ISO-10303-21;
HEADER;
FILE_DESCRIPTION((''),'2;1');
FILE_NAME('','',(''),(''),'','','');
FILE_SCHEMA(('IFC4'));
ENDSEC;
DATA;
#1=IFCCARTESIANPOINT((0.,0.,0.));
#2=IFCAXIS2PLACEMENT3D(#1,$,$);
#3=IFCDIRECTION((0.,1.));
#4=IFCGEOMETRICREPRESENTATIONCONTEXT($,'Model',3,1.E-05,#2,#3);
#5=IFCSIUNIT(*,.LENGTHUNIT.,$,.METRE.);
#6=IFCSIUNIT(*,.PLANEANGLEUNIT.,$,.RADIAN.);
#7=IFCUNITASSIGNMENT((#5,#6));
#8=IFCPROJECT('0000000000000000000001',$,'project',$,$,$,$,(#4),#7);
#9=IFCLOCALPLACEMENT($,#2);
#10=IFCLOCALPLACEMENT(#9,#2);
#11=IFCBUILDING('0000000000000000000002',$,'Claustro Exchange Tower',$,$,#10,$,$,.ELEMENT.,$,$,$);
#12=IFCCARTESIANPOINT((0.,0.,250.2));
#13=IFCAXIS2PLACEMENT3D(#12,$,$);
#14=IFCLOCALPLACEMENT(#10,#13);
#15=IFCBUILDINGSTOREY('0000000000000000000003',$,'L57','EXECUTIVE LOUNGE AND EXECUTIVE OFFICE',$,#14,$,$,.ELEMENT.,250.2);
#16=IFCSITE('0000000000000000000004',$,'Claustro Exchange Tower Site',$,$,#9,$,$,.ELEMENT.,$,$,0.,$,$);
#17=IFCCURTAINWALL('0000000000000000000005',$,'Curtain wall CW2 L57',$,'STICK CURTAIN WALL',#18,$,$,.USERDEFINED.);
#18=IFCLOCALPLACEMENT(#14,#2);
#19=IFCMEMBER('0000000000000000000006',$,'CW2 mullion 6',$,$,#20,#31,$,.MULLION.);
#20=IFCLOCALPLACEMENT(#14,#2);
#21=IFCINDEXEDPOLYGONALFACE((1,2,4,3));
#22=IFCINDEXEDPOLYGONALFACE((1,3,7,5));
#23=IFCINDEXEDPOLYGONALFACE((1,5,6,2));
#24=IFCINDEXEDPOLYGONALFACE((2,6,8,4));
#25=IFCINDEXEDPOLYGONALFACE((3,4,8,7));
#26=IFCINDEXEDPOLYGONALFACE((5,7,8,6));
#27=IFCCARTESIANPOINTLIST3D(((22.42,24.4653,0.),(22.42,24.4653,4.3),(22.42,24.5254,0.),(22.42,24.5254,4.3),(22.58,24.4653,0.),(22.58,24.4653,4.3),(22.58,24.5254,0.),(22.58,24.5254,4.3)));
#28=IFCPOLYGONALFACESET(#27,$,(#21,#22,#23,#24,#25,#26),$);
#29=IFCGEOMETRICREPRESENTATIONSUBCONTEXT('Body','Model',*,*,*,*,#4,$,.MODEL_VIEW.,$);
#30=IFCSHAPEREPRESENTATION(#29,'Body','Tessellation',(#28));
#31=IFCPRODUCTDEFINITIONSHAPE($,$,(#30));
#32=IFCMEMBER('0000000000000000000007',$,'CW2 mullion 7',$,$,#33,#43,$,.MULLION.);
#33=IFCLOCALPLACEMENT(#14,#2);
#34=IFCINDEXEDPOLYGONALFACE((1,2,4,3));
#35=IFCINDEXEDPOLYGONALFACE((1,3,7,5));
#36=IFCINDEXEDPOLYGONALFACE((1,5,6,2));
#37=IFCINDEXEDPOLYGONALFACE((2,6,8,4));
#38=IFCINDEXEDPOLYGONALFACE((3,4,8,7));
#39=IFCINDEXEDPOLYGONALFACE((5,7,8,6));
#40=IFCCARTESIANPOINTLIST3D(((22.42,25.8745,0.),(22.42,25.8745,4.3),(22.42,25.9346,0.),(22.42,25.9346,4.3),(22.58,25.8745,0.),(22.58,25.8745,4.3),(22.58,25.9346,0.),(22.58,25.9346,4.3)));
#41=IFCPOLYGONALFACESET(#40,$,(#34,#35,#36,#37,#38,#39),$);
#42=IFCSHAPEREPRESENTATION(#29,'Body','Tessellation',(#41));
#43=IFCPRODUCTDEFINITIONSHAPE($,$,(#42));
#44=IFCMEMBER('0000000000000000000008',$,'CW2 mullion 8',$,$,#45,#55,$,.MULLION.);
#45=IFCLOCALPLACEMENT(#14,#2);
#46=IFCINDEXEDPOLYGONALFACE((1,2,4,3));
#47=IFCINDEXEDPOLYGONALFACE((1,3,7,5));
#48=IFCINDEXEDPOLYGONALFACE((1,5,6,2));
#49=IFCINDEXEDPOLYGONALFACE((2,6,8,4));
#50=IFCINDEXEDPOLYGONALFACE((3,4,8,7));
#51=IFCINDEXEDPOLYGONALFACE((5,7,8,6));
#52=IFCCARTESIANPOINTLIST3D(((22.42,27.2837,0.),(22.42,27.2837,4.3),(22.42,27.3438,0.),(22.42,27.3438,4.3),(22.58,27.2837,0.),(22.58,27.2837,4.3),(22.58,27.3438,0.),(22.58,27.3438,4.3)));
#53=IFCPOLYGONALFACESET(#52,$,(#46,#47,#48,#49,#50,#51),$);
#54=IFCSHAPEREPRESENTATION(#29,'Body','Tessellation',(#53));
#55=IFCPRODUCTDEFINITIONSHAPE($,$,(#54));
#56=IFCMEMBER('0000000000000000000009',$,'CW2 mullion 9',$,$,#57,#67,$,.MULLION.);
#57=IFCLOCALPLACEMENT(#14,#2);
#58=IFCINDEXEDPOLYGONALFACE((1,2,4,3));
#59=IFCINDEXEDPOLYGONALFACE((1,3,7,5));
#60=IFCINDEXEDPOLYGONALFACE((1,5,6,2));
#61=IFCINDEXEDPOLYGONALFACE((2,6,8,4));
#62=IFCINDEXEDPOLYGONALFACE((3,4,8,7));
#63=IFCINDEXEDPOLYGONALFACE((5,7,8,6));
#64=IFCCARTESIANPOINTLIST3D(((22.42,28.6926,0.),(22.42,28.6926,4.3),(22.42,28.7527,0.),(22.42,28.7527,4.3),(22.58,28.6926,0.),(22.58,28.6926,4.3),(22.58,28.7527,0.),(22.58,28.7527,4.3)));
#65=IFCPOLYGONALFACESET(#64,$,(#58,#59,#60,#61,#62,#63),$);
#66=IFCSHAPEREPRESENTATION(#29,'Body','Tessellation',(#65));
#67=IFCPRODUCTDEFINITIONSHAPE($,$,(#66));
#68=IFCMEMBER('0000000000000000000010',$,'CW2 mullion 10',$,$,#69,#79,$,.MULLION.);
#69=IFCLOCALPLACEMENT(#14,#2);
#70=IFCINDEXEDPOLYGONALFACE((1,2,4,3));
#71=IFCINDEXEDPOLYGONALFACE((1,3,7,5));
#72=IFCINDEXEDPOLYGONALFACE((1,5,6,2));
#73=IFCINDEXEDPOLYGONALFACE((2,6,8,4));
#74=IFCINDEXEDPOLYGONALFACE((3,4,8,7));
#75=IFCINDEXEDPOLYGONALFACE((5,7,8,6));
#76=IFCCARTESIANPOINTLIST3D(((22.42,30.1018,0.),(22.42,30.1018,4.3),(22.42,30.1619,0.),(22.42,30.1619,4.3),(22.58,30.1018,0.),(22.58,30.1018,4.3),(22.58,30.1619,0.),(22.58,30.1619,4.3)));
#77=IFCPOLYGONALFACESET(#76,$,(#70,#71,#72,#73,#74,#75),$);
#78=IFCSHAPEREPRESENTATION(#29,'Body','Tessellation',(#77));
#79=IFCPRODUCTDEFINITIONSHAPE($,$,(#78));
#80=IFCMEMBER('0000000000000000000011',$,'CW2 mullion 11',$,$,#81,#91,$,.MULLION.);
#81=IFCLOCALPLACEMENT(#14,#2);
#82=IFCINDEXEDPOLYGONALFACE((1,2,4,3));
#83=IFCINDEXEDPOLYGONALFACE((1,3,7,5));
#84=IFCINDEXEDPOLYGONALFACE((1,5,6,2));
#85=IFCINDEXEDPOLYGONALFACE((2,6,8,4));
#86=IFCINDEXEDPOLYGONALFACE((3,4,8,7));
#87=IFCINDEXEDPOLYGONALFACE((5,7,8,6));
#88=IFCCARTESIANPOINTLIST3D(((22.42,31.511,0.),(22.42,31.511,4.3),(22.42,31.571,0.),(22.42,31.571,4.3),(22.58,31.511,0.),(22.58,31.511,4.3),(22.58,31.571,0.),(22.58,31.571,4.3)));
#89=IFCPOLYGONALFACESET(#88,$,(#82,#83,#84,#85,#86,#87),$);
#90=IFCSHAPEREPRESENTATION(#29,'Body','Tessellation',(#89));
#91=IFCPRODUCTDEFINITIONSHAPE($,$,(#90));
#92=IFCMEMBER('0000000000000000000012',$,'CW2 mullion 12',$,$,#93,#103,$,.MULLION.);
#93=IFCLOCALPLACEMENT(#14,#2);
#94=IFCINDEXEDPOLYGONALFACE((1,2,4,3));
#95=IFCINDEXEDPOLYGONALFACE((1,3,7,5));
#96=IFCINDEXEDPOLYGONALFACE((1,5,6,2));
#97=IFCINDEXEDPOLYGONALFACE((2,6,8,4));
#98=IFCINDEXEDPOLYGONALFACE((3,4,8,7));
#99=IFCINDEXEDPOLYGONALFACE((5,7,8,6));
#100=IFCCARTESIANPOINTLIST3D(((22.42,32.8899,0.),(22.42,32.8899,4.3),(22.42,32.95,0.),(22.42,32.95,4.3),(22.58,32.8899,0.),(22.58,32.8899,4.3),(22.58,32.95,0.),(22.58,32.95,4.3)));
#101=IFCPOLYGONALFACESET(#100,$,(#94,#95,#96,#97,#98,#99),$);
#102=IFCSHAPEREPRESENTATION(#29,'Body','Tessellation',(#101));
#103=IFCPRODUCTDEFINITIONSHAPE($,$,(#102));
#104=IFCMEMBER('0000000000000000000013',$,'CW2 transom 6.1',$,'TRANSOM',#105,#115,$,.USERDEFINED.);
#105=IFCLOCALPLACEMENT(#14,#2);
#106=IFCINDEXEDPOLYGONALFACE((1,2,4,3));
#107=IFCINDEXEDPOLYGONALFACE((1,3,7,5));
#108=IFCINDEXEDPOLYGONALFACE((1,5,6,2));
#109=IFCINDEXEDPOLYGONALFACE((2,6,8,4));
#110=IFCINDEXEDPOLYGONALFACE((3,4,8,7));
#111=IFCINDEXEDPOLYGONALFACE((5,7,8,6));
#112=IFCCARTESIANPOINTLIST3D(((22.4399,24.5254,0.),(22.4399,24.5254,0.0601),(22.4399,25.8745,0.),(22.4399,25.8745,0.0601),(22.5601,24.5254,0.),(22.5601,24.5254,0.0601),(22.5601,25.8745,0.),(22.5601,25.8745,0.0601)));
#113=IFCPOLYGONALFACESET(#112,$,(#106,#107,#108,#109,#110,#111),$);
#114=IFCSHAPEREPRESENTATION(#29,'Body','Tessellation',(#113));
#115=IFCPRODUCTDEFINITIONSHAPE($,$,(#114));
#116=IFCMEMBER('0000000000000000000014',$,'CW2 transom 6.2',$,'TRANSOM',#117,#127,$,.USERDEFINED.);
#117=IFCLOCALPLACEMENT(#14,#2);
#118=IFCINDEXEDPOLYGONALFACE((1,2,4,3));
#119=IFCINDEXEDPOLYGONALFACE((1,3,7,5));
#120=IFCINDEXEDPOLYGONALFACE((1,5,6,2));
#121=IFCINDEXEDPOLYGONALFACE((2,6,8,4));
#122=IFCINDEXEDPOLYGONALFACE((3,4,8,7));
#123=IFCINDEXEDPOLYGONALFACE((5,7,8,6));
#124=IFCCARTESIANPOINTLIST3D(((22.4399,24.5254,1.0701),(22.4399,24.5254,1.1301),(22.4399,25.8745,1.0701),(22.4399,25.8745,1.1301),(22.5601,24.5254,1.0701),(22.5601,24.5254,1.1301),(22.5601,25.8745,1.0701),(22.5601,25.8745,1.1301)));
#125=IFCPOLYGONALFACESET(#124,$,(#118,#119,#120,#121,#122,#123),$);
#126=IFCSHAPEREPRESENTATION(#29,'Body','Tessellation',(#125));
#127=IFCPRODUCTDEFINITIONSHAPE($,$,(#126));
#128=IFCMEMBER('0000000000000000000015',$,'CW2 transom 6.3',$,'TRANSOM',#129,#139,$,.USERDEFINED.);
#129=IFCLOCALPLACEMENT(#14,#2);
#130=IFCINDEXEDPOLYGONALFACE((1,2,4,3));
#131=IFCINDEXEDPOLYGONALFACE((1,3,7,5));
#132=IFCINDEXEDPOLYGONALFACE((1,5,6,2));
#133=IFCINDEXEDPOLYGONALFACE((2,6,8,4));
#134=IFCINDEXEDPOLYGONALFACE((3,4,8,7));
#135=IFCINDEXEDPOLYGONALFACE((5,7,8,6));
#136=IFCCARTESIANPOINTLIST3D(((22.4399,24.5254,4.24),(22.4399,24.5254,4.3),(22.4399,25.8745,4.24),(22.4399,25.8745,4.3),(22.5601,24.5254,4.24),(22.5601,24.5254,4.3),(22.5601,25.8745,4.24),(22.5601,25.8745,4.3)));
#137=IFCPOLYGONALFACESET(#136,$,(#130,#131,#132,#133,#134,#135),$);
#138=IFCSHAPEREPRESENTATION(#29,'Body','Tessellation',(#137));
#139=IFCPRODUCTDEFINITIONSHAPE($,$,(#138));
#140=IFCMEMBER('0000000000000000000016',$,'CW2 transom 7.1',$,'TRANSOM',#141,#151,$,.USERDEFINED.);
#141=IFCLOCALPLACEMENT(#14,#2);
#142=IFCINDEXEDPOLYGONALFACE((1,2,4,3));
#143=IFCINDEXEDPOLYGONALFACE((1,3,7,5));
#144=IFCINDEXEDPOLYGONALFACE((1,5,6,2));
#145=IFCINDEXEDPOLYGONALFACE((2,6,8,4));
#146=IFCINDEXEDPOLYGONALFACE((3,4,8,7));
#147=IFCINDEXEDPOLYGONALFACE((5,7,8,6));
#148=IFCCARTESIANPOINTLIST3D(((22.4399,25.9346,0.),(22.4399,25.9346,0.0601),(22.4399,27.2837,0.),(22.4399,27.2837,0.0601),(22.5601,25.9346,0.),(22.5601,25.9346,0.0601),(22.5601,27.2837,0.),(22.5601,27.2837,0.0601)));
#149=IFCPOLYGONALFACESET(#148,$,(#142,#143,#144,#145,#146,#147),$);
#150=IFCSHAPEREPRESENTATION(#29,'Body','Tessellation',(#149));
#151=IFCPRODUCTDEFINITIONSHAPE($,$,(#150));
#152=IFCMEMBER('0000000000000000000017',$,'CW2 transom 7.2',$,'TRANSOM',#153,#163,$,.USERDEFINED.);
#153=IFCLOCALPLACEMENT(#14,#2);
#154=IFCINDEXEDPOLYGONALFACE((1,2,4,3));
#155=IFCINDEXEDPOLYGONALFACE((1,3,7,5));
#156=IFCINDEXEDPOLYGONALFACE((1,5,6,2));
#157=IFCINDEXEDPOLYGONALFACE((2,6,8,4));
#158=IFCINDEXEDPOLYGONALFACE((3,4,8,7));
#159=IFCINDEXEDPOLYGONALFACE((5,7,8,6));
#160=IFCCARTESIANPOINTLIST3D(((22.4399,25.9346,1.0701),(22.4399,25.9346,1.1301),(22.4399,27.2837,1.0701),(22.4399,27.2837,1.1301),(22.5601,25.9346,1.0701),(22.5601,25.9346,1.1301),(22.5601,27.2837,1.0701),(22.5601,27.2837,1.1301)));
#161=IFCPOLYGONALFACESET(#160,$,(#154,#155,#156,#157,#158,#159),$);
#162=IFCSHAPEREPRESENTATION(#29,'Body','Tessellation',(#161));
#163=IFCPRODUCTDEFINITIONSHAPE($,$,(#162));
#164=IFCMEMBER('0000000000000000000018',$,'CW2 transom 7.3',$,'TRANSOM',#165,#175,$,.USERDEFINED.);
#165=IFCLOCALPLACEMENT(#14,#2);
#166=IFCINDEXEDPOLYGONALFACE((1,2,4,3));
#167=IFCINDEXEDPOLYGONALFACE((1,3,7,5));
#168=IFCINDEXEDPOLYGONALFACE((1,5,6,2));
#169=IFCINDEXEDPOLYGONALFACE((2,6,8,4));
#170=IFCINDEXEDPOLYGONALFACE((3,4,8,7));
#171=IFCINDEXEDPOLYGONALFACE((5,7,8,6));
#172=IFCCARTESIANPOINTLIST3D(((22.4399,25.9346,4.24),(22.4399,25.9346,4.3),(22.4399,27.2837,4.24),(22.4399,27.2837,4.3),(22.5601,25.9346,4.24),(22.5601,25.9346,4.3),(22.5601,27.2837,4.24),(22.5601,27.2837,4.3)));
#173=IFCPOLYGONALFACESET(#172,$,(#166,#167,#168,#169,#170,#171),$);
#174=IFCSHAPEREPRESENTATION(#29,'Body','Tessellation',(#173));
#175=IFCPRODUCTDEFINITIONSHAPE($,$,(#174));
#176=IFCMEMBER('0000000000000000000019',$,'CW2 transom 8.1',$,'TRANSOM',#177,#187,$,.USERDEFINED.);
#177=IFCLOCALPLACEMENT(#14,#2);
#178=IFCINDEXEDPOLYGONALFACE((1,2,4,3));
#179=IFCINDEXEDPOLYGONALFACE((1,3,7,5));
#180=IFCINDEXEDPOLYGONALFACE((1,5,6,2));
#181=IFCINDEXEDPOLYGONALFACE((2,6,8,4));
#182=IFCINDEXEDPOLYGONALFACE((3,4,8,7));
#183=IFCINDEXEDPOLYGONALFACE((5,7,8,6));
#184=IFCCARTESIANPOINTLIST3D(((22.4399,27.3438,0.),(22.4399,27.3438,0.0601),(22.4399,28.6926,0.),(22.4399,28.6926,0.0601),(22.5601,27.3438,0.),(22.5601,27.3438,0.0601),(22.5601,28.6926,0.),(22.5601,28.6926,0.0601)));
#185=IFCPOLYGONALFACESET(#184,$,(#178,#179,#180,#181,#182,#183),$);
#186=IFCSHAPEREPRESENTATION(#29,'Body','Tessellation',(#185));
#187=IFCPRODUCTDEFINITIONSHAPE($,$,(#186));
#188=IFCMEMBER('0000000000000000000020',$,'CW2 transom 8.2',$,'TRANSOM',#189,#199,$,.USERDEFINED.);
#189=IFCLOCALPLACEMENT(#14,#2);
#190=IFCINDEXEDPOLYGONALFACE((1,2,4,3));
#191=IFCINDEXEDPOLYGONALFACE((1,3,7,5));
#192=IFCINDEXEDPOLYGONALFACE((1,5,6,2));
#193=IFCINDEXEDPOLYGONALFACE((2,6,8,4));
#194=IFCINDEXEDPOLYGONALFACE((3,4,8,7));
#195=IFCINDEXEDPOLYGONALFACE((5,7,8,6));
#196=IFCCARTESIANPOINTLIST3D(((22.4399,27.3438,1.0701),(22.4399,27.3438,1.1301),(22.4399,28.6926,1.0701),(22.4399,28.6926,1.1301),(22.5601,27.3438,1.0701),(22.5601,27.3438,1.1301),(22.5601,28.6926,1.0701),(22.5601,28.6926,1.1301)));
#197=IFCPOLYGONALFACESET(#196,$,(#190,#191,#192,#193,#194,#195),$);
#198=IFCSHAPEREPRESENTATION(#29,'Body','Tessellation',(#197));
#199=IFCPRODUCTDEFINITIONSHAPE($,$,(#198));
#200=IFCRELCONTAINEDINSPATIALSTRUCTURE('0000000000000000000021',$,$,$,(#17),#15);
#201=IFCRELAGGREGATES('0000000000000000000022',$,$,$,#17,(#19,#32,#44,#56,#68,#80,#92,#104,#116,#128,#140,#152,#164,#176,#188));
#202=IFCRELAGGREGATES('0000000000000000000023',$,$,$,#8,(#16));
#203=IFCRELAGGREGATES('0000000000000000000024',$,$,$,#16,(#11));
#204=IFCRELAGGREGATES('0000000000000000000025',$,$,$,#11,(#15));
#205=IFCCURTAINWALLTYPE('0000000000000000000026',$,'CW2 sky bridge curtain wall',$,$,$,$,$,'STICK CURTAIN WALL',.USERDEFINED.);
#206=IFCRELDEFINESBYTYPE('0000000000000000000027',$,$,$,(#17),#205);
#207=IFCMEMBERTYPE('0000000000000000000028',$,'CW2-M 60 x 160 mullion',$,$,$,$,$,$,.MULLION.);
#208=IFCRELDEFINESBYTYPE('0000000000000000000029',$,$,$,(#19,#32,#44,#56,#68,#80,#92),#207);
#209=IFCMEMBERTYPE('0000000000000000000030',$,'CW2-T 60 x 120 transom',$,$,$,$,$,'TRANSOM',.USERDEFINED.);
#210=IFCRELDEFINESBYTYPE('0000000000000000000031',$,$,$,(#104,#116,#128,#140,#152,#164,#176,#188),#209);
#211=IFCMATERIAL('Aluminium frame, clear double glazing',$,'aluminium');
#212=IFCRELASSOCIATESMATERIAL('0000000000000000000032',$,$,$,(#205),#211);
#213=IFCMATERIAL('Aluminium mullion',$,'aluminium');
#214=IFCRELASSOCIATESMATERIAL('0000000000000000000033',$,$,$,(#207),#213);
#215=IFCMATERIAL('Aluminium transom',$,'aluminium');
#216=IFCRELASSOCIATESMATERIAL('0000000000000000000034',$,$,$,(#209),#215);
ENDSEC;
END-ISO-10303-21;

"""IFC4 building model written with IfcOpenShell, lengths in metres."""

from ifc_helpers import new_model, si_unit, direction, frame, origin, origin_2d, place, context, subcontext, project, spatial, rectangle, extrude, material, material_profile, profile_set, type_object, element, aggregate, save


model = new_model("IFC4")

# Units and contexts
model_context = context("Model", 3, precision=1e-05, world=origin(), true_north=direction((0.0, 1.0)))
body_context = subcontext(model_context, "Body", "Model", "MODEL_VIEW")
ifc_project = project(units=[si_unit("LENGTHUNIT", "METRE"), si_unit("PLANEANGLEUNIT", "RADIAN")], contexts=[model_context])

# Site, building, storey
site_placement = place(None, origin())
site = spatial("IfcSite", under=ifc_project, at=site_placement, Name="Claustro Exchange Tower Site", CompositionType="ELEMENT", RefElevation=0.0)
building_placement = place(site_placement, origin())
building = spatial("IfcBuilding", under=site, at=building_placement, Name="Claustro Exchange Tower", CompositionType="ELEMENT")
storey_placement = place(building_placement, frame((0.0, 0.0, 250.2)))
storey = spatial("IfcBuildingStorey", under=building, at=storey_placement, Name="L57", Description="EXECUTIVE LOUNGE AND EXECUTIVE OFFICE", CompositionType="ELEMENT", Elevation=250.2)

# Curtain wall, members
ifc_material_1 = material(Name="Aluminium frame, clear double glazing", Category="aluminium")
curtain_wall_type = type_object("IfcCurtainWallType", Name="CW2 sky bridge curtain wall", ElementType="STICK CURTAIN WALL", PredefinedType="USERDEFINED", material=ifc_material_1)
curtain_wall_placement = place(storey_placement, origin())
curtain_wall = element("IfcCurtainWall", 1, at=curtain_wall_placement, inside=storey, type_object=curtain_wall_type, Name="Curtain wall CW2 L57", ObjectType="STICK CURTAIN WALL", PredefinedType="USERDEFINED")
ifc_material_2 = material(Name="Aluminium mullion", Category="aluminium")
ifc_material_profile_1 = material_profile(ifc_material_2, rectangle(XDim=0.1599, YDim=0.0601, at=origin_2d()), Name="CW2-M 60x160")
ifc_profile_set_1 = profile_set([ifc_material_profile_1], Name="Aluminium mullion")
member_type_1 = type_object("IfcMemberType", Name="CW2-M 60 x 160 mullion", PredefinedType="MULLION", material=ifc_profile_set_1)
member_1_placement = place(storey_placement, frame((22.5, 24.4954, 0.0), z_axis=(0.0, 0.0, 1.0), x_axis=(-1.0, 0.0, 0.0)))
member_1 = element("IfcMember", 2, at=member_1_placement, type_object=member_type_1, Name="CW2 mullion 6", PredefinedType="MULLION", context=body_context, shape_type="SweptSolid", body=[
    extrude(rectangle(XDim=0.1599, YDim=0.0601, at=origin_2d()), origin(), (0.0, 0.0, 1.0), 4.3),
])
member_2_placement = place(storey_placement, frame((22.5, 25.9045, 0.0), z_axis=(0.0, 0.0, 1.0), x_axis=(-1.0, 0.0, 0.0)))
member_2 = element("IfcMember", 3, at=member_2_placement, type_object=member_type_1, Name="CW2 mullion 7", PredefinedType="MULLION", context=body_context, shape_type="SweptSolid", body=[
    extrude(rectangle(XDim=0.1599, YDim=0.0601, at=origin_2d()), origin(), (0.0, 0.0, 1.0), 4.3),
])
member_3_placement = place(storey_placement, frame((22.5, 27.3137, 0.0), z_axis=(0.0, 0.0, 1.0), x_axis=(-1.0, 0.0, 0.0)))
member_3 = element("IfcMember", 4, at=member_3_placement, type_object=member_type_1, Name="CW2 mullion 8", PredefinedType="MULLION", context=body_context, shape_type="SweptSolid", body=[
    extrude(rectangle(XDim=0.1599, YDim=0.0601, at=origin_2d()), origin(), (0.0, 0.0, 1.0), 4.3),
])
member_4_placement = place(storey_placement, frame((22.5, 28.7227, 0.0), z_axis=(0.0, 0.0, 1.0), x_axis=(-1.0, 0.0, 0.0)))
member_4 = element("IfcMember", 5, at=member_4_placement, type_object=member_type_1, Name="CW2 mullion 9", PredefinedType="MULLION", context=body_context, shape_type="SweptSolid", body=[
    extrude(rectangle(XDim=0.1599, YDim=0.0601, at=origin_2d()), origin(), (0.0, 0.0, 1.0), 4.3),
])
member_5_placement = place(storey_placement, frame((22.5, 30.1318, 0.0), z_axis=(0.0, 0.0, 1.0), x_axis=(-1.0, 0.0, 0.0)))
member_5 = element("IfcMember", 6, at=member_5_placement, type_object=member_type_1, Name="CW2 mullion 10", PredefinedType="MULLION", context=body_context, shape_type="SweptSolid", body=[
    extrude(rectangle(XDim=0.1599, YDim=0.0601, at=origin_2d()), origin(), (0.0, 0.0, 1.0), 4.3),
])
member_6_placement = place(storey_placement, frame((22.5, 31.541, 0.0), z_axis=(0.0, 0.0, 1.0), x_axis=(-1.0, 0.0, 0.0)))
member_6 = element("IfcMember", 7, at=member_6_placement, type_object=member_type_1, Name="CW2 mullion 11", PredefinedType="MULLION", context=body_context, shape_type="SweptSolid", body=[
    extrude(rectangle(XDim=0.1599, YDim=0.0601, at=origin_2d()), origin(), (0.0, 0.0, 1.0), 4.3),
])
member_7_placement = place(storey_placement, frame((22.5, 32.9199, 0.0), z_axis=(0.0, 0.0, 1.0), x_axis=(-1.0, 0.0, 0.0)))
member_7 = element("IfcMember", 8, at=member_7_placement, type_object=member_type_1, Name="CW2 mullion 12", PredefinedType="MULLION", context=body_context, shape_type="SweptSolid", body=[
    extrude(rectangle(XDim=0.1599, YDim=0.0601, at=origin_2d()), origin(), (0.0, 0.0, 1.0), 4.3),
])
ifc_material_3 = material(Name="Aluminium transom", Category="aluminium")
ifc_material_profile_2 = material_profile(ifc_material_3, rectangle(XDim=0.1201, YDim=0.0601, at=origin_2d()), Name="CW2-T 60x120")
ifc_profile_set_2 = profile_set([ifc_material_profile_2], Name="Aluminium transom")
member_type_2 = type_object("IfcMemberType", Name="CW2-T 60 x 120 transom", ElementType="TRANSOM", PredefinedType="USERDEFINED", material=ifc_profile_set_2)
member_8_placement = place(storey_placement, frame((22.5, 24.5254, 0.03), z_axis=(0.0, 1.0, 0.0), x_axis=(-1.0, 0.0, 0.0)))
member_8 = element("IfcMember", 9, at=member_8_placement, type_object=member_type_2, Name="CW2 transom 6.1", ObjectType="TRANSOM", PredefinedType="USERDEFINED", context=body_context, shape_type="SweptSolid", body=[
    extrude(rectangle(XDim=0.1201, YDim=0.0601, at=origin_2d()), origin(), (0.0, 0.0, 1.0), 1.3491),
])
member_9_placement = place(storey_placement, frame((22.5, 24.5254, 1.1001), z_axis=(0.0, 1.0, 0.0), x_axis=(-1.0, 0.0, 0.0)))
member_9 = element("IfcMember", 10, at=member_9_placement, type_object=member_type_2, Name="CW2 transom 6.2", ObjectType="TRANSOM", PredefinedType="USERDEFINED", context=body_context, shape_type="SweptSolid", body=[
    extrude(rectangle(XDim=0.1201, YDim=0.0601, at=origin_2d()), origin(), (0.0, 0.0, 1.0), 1.3491),
])
member_10_placement = place(storey_placement, frame((22.5, 24.5254, 4.27), z_axis=(0.0, 1.0, 0.0), x_axis=(-1.0, 0.0, 0.0)))
member_10 = element("IfcMember", 11, at=member_10_placement, type_object=member_type_2, Name="CW2 transom 6.3", ObjectType="TRANSOM", PredefinedType="USERDEFINED", context=body_context, shape_type="SweptSolid", body=[
    extrude(rectangle(XDim=0.1201, YDim=0.0601, at=origin_2d()), origin(), (0.0, 0.0, 1.0), 1.3491),
])
member_11_placement = place(storey_placement, frame((22.5, 25.9346, 0.03), z_axis=(0.0, 1.0, 0.0), x_axis=(-1.0, 0.0, 0.0)))
member_11 = element("IfcMember", 12, at=member_11_placement, type_object=member_type_2, Name="CW2 transom 7.1", ObjectType="TRANSOM", PredefinedType="USERDEFINED", context=body_context, shape_type="SweptSolid", body=[
    extrude(rectangle(XDim=0.1201, YDim=0.0601, at=origin_2d()), origin(), (0.0, 0.0, 1.0), 1.3491),
])
member_12_placement = place(storey_placement, frame((22.5, 25.9346, 1.1001), z_axis=(0.0, 1.0, 0.0), x_axis=(-1.0, 0.0, 0.0)))
member_12 = element("IfcMember", 13, at=member_12_placement, type_object=member_type_2, Name="CW2 transom 7.2", ObjectType="TRANSOM", PredefinedType="USERDEFINED", context=body_context, shape_type="SweptSolid", body=[
    extrude(rectangle(XDim=0.1201, YDim=0.0601, at=origin_2d()), origin(), (0.0, 0.0, 1.0), 1.3491),
])
member_13_placement = place(storey_placement, frame((22.5, 25.9346, 4.27), z_axis=(0.0, 1.0, 0.0), x_axis=(-1.0, 0.0, 0.0)))
member_13 = element("IfcMember", 14, at=member_13_placement, type_object=member_type_2, Name="CW2 transom 7.3", ObjectType="TRANSOM", PredefinedType="USERDEFINED", context=body_context, shape_type="SweptSolid", body=[
    extrude(rectangle(XDim=0.1201, YDim=0.0601, at=origin_2d()), origin(), (0.0, 0.0, 1.0), 1.3491),
])
member_14_placement = place(storey_placement, frame((22.5, 27.3438, 0.03), z_axis=(0.0, 1.0, 0.0), x_axis=(-1.0, 0.0, 0.0)))
member_14 = element("IfcMember", 15, at=member_14_placement, type_object=member_type_2, Name="CW2 transom 8.1", ObjectType="TRANSOM", PredefinedType="USERDEFINED", context=body_context, shape_type="SweptSolid", body=[
    extrude(rectangle(XDim=0.1201, YDim=0.0601, at=origin_2d()), origin(), (0.0, 0.0, 1.0), 1.3489),
])
member_15_placement = place(storey_placement, frame((22.5, 27.3438, 1.1001), z_axis=(0.0, 1.0, 0.0), x_axis=(-1.0, 0.0, 0.0)))
member_15 = element("IfcMember", 16, at=member_15_placement, type_object=member_type_2, Name="CW2 transom 8.2", ObjectType="TRANSOM", PredefinedType="USERDEFINED", context=body_context, shape_type="SweptSolid", body=[
    extrude(rectangle(XDim=0.1201, YDim=0.0601, at=origin_2d()), origin(), (0.0, 0.0, 1.0), 1.3489),
])
aggregate(curtain_wall, [member_1, member_2, member_3, member_4, member_5, member_6, member_7, member_8, member_9, member_10, member_11, member_12, member_13, member_14, member_15])

save(model, "model.ifc")
